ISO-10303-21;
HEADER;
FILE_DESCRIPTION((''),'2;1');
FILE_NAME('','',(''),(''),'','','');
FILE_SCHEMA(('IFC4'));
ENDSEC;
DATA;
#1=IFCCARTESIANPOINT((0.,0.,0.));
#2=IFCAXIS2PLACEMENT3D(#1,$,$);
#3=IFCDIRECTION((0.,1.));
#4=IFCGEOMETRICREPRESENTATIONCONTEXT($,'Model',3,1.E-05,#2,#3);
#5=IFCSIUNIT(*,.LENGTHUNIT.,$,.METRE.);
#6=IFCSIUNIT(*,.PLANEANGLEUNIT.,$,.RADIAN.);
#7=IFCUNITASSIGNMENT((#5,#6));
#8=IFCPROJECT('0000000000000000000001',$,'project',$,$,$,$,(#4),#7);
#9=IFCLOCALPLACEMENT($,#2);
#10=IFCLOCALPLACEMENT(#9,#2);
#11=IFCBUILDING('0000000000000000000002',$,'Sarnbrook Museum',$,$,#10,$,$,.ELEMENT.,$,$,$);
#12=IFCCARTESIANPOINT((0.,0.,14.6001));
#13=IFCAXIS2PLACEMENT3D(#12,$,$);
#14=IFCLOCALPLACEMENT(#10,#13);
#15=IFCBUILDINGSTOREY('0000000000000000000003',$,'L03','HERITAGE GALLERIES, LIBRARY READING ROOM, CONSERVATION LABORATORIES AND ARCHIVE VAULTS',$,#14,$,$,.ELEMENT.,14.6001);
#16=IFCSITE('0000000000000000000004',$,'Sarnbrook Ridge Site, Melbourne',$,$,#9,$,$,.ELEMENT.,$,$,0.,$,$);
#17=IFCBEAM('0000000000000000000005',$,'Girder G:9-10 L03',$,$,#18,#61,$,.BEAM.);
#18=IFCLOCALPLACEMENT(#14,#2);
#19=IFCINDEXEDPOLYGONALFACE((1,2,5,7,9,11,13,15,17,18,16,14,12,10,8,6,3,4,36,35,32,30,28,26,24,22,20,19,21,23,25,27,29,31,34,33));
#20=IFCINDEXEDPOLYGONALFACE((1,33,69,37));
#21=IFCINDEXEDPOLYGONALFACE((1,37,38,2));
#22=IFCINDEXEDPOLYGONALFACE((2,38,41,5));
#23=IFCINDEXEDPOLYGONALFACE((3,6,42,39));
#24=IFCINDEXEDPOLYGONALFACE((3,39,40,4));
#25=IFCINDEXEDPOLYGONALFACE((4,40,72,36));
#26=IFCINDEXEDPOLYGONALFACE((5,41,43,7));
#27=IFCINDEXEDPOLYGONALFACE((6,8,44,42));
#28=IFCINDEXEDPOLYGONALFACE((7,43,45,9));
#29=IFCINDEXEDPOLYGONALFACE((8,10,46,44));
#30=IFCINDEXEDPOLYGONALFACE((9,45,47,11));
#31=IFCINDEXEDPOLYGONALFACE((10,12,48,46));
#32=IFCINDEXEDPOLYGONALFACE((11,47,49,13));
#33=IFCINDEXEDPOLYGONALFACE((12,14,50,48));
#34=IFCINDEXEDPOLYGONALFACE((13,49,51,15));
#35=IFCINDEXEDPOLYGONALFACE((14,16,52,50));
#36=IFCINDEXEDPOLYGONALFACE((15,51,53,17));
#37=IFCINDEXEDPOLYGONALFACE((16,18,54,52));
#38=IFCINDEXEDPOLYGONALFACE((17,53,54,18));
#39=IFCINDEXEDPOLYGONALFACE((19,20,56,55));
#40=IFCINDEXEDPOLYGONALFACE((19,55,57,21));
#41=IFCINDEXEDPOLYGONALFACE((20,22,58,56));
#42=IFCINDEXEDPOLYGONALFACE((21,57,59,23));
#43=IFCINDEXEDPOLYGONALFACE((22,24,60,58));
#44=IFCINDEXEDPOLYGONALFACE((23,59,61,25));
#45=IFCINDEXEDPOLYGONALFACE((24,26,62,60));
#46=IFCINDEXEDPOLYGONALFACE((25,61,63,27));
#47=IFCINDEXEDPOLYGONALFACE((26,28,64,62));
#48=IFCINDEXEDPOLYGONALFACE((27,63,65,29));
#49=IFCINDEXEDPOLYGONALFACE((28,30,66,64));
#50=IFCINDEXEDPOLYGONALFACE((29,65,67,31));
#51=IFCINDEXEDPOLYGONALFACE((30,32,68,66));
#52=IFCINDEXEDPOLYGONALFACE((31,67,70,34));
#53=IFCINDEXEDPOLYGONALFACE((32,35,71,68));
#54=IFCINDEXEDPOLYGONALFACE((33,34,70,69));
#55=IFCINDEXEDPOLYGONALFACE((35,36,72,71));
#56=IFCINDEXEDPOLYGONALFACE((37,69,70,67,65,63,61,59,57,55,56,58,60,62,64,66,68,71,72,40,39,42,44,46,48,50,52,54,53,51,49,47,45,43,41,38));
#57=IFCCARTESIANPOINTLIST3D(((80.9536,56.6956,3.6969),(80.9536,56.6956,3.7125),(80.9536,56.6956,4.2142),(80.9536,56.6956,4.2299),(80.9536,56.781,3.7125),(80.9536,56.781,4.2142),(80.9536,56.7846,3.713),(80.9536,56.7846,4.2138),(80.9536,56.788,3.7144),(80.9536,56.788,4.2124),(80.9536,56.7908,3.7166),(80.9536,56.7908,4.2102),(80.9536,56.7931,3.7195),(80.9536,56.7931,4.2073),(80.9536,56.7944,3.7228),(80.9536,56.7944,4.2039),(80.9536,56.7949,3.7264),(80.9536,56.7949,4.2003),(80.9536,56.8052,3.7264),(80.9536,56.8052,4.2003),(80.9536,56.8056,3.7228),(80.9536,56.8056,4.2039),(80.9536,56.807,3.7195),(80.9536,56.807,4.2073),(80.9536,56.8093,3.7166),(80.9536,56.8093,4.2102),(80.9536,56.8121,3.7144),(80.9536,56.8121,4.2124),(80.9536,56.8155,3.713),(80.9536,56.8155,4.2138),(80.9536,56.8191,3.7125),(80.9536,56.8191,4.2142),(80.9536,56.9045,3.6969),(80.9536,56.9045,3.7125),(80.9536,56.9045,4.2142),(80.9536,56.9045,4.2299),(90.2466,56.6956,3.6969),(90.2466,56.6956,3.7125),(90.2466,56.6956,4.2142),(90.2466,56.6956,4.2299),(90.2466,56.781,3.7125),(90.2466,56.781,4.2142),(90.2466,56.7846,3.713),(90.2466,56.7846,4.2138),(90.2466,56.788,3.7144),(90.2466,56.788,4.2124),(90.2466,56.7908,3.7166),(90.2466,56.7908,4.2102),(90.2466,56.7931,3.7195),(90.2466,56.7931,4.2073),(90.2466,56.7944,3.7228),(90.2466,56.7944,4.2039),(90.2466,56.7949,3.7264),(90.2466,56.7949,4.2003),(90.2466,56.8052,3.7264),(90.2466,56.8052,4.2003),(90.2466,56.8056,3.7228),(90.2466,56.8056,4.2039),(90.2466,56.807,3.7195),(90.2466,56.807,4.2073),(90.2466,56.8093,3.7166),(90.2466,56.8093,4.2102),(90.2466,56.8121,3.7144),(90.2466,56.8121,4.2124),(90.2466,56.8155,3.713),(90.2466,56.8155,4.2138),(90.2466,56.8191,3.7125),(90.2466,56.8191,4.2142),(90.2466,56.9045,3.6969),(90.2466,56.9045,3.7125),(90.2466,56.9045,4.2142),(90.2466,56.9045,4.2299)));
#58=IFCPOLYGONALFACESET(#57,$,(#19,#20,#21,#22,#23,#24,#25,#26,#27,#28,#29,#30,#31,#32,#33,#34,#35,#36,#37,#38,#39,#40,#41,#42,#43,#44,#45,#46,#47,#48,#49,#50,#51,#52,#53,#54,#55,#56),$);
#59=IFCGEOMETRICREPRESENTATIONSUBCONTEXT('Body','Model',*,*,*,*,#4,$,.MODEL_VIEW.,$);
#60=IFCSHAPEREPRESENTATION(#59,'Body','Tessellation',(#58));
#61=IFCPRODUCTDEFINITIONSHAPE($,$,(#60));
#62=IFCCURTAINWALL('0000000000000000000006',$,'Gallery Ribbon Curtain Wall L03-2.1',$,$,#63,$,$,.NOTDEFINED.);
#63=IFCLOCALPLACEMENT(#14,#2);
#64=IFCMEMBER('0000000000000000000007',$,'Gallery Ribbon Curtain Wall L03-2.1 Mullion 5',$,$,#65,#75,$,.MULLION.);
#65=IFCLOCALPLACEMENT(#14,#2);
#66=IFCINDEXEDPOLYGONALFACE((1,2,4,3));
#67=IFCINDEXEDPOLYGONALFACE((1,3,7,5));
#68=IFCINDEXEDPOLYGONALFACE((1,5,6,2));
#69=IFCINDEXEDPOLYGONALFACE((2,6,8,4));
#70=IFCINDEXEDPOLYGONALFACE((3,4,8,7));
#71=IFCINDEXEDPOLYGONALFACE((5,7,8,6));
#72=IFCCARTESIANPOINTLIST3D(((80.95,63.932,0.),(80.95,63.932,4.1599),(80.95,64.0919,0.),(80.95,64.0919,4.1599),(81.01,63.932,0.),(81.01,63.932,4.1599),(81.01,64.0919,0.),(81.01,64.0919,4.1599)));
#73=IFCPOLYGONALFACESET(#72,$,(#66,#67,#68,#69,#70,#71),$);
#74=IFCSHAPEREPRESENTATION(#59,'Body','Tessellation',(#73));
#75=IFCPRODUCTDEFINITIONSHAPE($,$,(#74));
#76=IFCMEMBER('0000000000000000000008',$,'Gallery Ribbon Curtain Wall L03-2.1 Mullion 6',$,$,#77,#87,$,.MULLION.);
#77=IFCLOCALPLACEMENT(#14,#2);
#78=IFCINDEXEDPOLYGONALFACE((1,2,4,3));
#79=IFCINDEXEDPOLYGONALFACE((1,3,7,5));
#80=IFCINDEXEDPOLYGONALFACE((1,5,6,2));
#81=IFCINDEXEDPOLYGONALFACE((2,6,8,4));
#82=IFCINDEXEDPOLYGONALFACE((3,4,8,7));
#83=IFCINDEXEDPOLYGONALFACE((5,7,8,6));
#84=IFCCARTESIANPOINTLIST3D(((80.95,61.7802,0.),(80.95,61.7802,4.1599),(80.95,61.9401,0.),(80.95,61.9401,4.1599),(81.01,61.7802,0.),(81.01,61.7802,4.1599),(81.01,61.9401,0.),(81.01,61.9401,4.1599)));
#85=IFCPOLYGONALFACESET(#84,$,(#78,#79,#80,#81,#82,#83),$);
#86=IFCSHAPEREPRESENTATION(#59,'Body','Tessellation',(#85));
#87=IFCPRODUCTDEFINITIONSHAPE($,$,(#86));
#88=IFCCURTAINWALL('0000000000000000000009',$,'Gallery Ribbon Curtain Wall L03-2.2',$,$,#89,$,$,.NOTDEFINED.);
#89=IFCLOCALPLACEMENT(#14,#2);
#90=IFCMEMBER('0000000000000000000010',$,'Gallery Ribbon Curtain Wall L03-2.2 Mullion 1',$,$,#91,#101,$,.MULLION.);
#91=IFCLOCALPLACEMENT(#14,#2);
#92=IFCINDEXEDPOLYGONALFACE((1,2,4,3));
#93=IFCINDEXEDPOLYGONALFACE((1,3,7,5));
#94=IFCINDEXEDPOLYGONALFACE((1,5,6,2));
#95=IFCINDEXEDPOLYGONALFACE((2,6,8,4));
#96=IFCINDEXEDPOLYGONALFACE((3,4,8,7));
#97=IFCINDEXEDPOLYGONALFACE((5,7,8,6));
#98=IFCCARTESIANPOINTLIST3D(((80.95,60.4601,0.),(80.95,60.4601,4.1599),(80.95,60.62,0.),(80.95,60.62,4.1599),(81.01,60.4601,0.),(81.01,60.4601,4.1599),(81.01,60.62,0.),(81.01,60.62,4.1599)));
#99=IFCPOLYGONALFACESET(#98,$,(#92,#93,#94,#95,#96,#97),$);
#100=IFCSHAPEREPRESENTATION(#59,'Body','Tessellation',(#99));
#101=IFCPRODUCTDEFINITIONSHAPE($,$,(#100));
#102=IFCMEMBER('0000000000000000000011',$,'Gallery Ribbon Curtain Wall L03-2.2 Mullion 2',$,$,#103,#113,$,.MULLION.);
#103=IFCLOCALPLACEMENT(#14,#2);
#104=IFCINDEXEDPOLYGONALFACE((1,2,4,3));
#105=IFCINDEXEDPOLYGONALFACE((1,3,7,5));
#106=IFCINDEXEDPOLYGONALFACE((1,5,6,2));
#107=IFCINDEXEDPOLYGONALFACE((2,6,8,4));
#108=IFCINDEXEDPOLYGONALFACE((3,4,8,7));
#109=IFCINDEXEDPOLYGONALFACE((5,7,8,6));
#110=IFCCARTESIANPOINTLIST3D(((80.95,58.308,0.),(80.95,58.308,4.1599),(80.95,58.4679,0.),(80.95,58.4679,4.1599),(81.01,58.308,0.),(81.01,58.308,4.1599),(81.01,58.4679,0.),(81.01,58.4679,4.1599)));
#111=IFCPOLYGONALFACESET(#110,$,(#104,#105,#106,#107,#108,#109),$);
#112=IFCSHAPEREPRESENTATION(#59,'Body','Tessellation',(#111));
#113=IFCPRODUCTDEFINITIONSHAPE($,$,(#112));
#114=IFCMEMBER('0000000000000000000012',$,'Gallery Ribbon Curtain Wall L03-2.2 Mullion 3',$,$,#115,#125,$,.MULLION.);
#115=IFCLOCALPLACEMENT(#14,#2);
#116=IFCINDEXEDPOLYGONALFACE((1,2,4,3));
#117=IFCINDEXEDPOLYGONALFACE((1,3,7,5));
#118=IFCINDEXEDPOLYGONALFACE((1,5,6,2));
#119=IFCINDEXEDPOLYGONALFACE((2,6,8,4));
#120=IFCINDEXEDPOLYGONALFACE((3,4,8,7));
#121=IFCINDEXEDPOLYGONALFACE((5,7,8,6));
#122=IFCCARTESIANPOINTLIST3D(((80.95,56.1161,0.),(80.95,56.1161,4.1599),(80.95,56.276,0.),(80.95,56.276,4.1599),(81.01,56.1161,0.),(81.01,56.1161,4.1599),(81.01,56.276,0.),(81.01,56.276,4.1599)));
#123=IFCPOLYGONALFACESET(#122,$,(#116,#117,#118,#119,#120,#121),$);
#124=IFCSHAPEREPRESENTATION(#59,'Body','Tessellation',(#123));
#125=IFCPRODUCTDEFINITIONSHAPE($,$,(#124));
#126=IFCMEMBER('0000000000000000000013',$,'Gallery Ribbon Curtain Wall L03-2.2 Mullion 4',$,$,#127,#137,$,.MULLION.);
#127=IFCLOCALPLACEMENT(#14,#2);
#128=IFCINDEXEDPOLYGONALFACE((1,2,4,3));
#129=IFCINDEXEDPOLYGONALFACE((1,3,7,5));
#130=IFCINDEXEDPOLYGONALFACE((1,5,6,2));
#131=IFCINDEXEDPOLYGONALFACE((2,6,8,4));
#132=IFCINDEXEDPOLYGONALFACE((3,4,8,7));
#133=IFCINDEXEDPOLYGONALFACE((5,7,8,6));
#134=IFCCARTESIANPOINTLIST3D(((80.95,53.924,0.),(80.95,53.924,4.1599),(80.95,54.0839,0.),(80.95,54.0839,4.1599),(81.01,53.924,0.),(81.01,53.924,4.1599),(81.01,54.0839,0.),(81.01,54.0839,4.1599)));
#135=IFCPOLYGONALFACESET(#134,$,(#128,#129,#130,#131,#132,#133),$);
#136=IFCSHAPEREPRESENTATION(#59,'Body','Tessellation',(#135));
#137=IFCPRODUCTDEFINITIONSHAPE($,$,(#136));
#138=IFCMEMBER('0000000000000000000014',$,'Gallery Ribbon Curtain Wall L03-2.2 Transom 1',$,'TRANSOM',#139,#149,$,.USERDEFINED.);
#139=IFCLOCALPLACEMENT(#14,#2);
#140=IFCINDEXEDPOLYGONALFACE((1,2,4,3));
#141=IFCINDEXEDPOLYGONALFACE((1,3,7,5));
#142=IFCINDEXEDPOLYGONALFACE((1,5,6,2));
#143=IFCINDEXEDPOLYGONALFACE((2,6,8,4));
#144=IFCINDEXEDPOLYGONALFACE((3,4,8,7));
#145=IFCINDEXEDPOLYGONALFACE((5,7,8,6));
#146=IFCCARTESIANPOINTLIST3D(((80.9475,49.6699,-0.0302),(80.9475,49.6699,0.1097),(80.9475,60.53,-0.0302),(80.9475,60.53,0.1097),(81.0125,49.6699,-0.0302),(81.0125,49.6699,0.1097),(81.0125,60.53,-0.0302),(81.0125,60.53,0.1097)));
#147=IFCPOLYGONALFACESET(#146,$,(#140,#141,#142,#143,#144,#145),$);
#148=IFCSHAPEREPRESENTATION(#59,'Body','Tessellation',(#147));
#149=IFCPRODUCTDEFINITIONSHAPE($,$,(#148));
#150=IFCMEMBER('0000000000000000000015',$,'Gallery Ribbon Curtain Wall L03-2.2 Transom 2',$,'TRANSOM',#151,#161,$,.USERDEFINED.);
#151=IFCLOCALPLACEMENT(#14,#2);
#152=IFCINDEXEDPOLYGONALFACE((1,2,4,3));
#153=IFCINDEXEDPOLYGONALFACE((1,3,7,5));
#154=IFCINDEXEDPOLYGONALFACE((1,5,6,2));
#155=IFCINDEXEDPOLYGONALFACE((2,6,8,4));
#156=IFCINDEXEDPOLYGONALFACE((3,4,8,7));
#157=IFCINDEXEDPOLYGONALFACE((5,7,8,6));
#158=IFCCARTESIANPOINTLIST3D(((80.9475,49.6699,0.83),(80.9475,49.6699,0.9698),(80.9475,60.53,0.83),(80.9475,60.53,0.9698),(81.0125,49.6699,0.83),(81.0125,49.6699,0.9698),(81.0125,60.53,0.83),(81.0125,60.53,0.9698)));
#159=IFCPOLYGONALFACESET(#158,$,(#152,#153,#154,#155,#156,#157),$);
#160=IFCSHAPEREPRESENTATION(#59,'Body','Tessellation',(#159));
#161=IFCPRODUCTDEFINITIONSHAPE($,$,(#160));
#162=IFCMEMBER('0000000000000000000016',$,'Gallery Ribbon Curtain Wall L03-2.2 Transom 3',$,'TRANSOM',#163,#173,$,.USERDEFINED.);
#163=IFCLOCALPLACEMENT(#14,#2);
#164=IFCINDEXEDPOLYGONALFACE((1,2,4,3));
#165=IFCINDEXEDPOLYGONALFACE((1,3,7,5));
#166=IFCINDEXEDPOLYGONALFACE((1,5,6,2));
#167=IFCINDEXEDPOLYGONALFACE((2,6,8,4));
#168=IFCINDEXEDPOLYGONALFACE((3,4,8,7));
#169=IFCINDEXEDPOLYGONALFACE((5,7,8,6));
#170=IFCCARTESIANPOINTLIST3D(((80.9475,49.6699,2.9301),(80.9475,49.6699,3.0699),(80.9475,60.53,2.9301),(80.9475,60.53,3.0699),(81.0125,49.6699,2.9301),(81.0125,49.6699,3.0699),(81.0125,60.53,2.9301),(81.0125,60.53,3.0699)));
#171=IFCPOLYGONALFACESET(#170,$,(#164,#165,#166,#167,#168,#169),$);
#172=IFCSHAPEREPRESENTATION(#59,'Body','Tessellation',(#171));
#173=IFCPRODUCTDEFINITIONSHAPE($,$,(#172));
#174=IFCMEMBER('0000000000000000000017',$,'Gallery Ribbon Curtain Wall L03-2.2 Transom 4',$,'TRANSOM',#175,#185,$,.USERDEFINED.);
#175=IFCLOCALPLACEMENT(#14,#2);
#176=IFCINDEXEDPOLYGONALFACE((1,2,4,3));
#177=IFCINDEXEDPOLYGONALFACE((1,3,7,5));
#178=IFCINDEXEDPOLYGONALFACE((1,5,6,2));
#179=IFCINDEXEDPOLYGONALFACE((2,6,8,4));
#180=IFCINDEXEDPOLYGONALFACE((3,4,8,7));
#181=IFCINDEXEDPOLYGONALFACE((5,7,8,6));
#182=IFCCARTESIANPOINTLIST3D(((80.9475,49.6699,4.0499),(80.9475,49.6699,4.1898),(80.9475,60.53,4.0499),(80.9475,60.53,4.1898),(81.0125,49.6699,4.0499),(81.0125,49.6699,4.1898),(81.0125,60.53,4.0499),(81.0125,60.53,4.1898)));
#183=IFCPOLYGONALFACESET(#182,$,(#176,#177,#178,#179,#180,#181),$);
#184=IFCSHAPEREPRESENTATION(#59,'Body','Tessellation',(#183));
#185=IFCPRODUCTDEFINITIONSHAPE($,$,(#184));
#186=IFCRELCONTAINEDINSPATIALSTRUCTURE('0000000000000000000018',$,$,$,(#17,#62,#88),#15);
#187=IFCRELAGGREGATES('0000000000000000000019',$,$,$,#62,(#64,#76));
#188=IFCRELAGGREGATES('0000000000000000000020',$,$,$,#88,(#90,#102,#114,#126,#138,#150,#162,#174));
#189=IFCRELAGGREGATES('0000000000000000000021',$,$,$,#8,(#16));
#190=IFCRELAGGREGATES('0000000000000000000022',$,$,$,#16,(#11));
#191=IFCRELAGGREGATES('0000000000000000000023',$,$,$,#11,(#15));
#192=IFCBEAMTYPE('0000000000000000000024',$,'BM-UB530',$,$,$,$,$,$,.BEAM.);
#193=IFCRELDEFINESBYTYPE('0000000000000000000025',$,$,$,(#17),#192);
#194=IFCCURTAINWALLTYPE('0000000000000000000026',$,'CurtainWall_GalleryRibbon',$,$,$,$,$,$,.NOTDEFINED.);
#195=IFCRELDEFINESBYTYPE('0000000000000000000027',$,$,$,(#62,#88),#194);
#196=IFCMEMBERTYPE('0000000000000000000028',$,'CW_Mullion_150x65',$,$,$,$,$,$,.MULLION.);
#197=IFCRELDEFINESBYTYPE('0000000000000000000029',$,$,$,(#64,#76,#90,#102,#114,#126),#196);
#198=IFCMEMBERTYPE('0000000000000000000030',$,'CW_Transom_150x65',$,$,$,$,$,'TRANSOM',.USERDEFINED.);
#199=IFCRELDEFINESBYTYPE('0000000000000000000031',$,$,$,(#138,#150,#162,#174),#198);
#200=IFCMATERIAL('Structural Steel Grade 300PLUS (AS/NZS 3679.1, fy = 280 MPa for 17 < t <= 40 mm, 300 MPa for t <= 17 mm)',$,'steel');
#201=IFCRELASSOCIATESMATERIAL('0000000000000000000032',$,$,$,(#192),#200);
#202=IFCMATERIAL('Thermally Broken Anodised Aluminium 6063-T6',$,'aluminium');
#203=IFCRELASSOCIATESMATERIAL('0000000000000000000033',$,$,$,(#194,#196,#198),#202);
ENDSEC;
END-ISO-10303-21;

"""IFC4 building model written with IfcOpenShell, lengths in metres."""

from ifc_helpers import new_model, si_unit, direction, frame, origin, origin_2d, place, context, subcontext, project, spatial, rectangle, i_section, extrude, material, material_profile, profile_set, type_object, element, aggregate, save


model = new_model("IFC4")

# Units and contexts
model_context = context("Model", 3, precision=1e-05, world=origin(), true_north=direction((0.0, 1.0)))
body_context = subcontext(model_context, "Body", "Model", "MODEL_VIEW")
ifc_project = project(units=[si_unit("LENGTHUNIT", "METRE"), si_unit("PLANEANGLEUNIT", "RADIAN")], contexts=[model_context])

# Site, building, storey
site_placement = place(None, origin())
site = spatial("IfcSite", under=ifc_project, at=site_placement, Name="Sarnbrook Ridge Site, Melbourne", CompositionType="ELEMENT", RefElevation=0.0)
building_placement = place(site_placement, origin())
building = spatial("IfcBuilding", under=site, at=building_placement, Name="Sarnbrook Museum", CompositionType="ELEMENT")
storey_placement = place(building_placement, frame((0.0, 0.0, 14.6001)))
storey = spatial("IfcBuildingStorey", under=building, at=storey_placement, Name="L03", Description="HERITAGE GALLERIES, LIBRARY READING ROOM, CONSERVATION LABORATORIES AND ARCHIVE VAULTS", CompositionType="ELEMENT", Elevation=14.6001)

# Shared definitions
ifc_material_1 = material(Name="Structural Steel Grade 300PLUS (AS/NZS 3679.1, fy = 280 MPa for 17 < t <= 40 mm, 300 MPa for t <= 17 mm)", Category="steel")

# Beam
ifc_material_profile_1 = material_profile(ifc_material_1, i_section(OverallWidth=0.209, OverallDepth=0.533, WebThickness=0.0103, FlangeThickness=0.0156, FilletRadius=0.0139, at=origin_2d()), Name="530UB92.4")
ifc_profile_set_1 = profile_set([ifc_material_profile_1], Name="Structural Steel Grade 300PLUS (AS/NZS 3679.1, fy = 280 MPa for 17 < t <= 40 mm, 300 MPa for t <= 17 mm)")
beam_type_1 = type_object("IfcBeamType", Name="BM-UB530", PredefinedType="BEAM", material=ifc_profile_set_1)
beam_1_placement = place(storey_placement, frame((80.9536, 56.8, 3.9634), z_axis=(1.0, 0.0, 0.0), x_axis=(0.0, 1.0, 0.0)))
element("IfcBeam", 1, at=beam_1_placement, inside=storey, type_object=beam_type_1, Name="Girder G:9-10 L03", PredefinedType="BEAM", context=body_context, shape_type="SweptSolid", body=[
    extrude(i_section(OverallWidth=0.209, OverallDepth=0.533, WebThickness=0.0103, FlangeThickness=0.0156, FilletRadius=0.0139, at=origin_2d()), origin(), (0.0, 0.0, 1.0), 9.293),
])

# Curtain walls, members
ifc_material_2 = material(Name="Thermally Broken Anodised Aluminium 6063-T6", Category="aluminium")
curtain_wall_type = type_object("IfcCurtainWallType", Name="CurtainWall_GalleryRibbon", PredefinedType="NOTDEFINED", material=ifc_material_2)
curtain_wall_1_placement = place(storey_placement, origin())
curtain_wall_1 = element("IfcCurtainWall", 2, at=curtain_wall_1_placement, inside=storey, type_object=curtain_wall_type, Name="Gallery Ribbon Curtain Wall L03-2.1", PredefinedType="NOTDEFINED")
ifc_material_profile_2 = material_profile(ifc_material_2, rectangle(XDim=0.0601, YDim=0.1599, at=origin_2d()), Name="ALU MULLION 60x160")
ifc_profile_set_2 = profile_set([ifc_material_profile_2], Name="Thermally Broken Anodised Aluminium 6063-T6")
member_type_1 = type_object("IfcMemberType", Name="CW_Mullion_150x65", PredefinedType="MULLION", material=ifc_profile_set_2)
member_1_placement = place(storey_placement, frame((80.98, 64.012, 0.0), z_axis=(0.0, 0.0, 1.0), x_axis=(1.0, 0.0, 0.0)))
member_1 = element("IfcMember", 3, at=member_1_placement, type_object=member_type_1, Name="Gallery Ribbon Curtain Wall L03-2.1 Mullion 5", PredefinedType="MULLION", context=body_context, shape_type="SweptSolid", body=[
    extrude(rectangle(XDim=0.0601, YDim=0.1599, at=origin_2d()), origin(), (0.0, 0.0, 1.0), 4.1599),
])
member_2_placement = place(storey_placement, frame((80.98, 61.8601, 0.0), z_axis=(0.0, 0.0, 1.0), x_axis=(1.0, 0.0, 0.0)))
member_2 = element("IfcMember", 4, at=member_2_placement, type_object=member_type_1, Name="Gallery Ribbon Curtain Wall L03-2.1 Mullion 6", PredefinedType="MULLION", context=body_context, shape_type="SweptSolid", body=[
    extrude(rectangle(XDim=0.0601, YDim=0.1599, at=origin_2d()), origin(), (0.0, 0.0, 1.0), 4.1599),
])
aggregate(curtain_wall_1, [member_1, member_2])
curtain_wall_2_placement = place(storey_placement, origin())
curtain_wall_2 = element("IfcCurtainWall", 5, at=curtain_wall_2_placement, inside=storey, type_object=curtain_wall_type, Name="Gallery Ribbon Curtain Wall L03-2.2", PredefinedType="NOTDEFINED")
member_3_placement = place(storey_placement, frame((80.98, 60.54, 0.0), z_axis=(0.0, 0.0, 1.0), x_axis=(1.0, 0.0, 0.0)))
member_3 = element("IfcMember", 6, at=member_3_placement, type_object=member_type_1, Name="Gallery Ribbon Curtain Wall L03-2.2 Mullion 1", PredefinedType="MULLION", context=body_context, shape_type="SweptSolid", body=[
    extrude(rectangle(XDim=0.0601, YDim=0.1599, at=origin_2d()), origin(), (0.0, 0.0, 1.0), 4.1599),
])
member_4_placement = place(storey_placement, frame((80.98, 58.3879, 0.0), z_axis=(0.0, 0.0, 1.0), x_axis=(1.0, 0.0, 0.0)))
member_4 = element("IfcMember", 7, at=member_4_placement, type_object=member_type_1, Name="Gallery Ribbon Curtain Wall L03-2.2 Mullion 2", PredefinedType="MULLION", context=body_context, shape_type="SweptSolid", body=[
    extrude(rectangle(XDim=0.0601, YDim=0.1599, at=origin_2d()), origin(), (0.0, 0.0, 1.0), 4.1599),
])
member_5_placement = place(storey_placement, frame((80.98, 56.196, 0.0), z_axis=(0.0, 0.0, 1.0), x_axis=(1.0, 0.0, 0.0)))
member_5 = element("IfcMember", 8, at=member_5_placement, type_object=member_type_1, Name="Gallery Ribbon Curtain Wall L03-2.2 Mullion 3", PredefinedType="MULLION", context=body_context, shape_type="SweptSolid", body=[
    extrude(rectangle(XDim=0.0601, YDim=0.1599, at=origin_2d()), origin(), (0.0, 0.0, 1.0), 4.1599),
])
member_6_placement = place(storey_placement, frame((80.98, 54.0039, 0.0), z_axis=(0.0, 0.0, 1.0), x_axis=(1.0, 0.0, 0.0)))
member_6 = element("IfcMember", 9, at=member_6_placement, type_object=member_type_1, Name="Gallery Ribbon Curtain Wall L03-2.2 Mullion 4", PredefinedType="MULLION", context=body_context, shape_type="SweptSolid", body=[
    extrude(rectangle(XDim=0.0601, YDim=0.1599, at=origin_2d()), origin(), (0.0, 0.0, 1.0), 4.1599),
])
ifc_material_profile_3 = material_profile(ifc_material_2, rectangle(XDim=0.0649, YDim=0.1399, at=origin_2d()), Name="ALU TRANSOM 65x140")
ifc_profile_set_3 = profile_set([ifc_material_profile_3], Name="Thermally Broken Anodised Aluminium 6063-T6")
member_type_2 = type_object("IfcMemberType", Name="CW_Transom_150x65", ElementType="TRANSOM", PredefinedType="USERDEFINED", material=ifc_profile_set_3)
member_7_placement = place(storey_placement, frame((80.98, 60.53, 0.0398), z_axis=(0.0, -1.0, 0.0), x_axis=(1.0, 0.0, 0.0)))
member_7 = element("IfcMember", 10, at=member_7_placement, type_object=member_type_2, Name="Gallery Ribbon Curtain Wall L03-2.2 Transom 1", ObjectType="TRANSOM", PredefinedType="USERDEFINED", context=body_context, shape_type="SweptSolid", body=[
    extrude(rectangle(XDim=0.0649, YDim=0.1399, at=origin_2d()), origin(), (0.0, 0.0, 1.0), 10.8601),
])
member_8_placement = place(storey_placement, frame((80.98, 60.53, 0.8999), z_axis=(0.0, -1.0, 0.0), x_axis=(1.0, 0.0, 0.0)))
member_8 = element("IfcMember", 11, at=member_8_placement, type_object=member_type_2, Name="Gallery Ribbon Curtain Wall L03-2.2 Transom 2", ObjectType="TRANSOM", PredefinedType="USERDEFINED", context=body_context, shape_type="SweptSolid", body=[
    extrude(rectangle(XDim=0.0649, YDim=0.1399, at=origin_2d()), origin(), (0.0, 0.0, 1.0), 10.8601),
])
member_9_placement = place(storey_placement, frame((80.98, 60.53, 3.0), z_axis=(0.0, -1.0, 0.0), x_axis=(1.0, 0.0, 0.0)))
member_9 = element("IfcMember", 12, at=member_9_placement, type_object=member_type_2, Name="Gallery Ribbon Curtain Wall L03-2.2 Transom 3", ObjectType="TRANSOM", PredefinedType="USERDEFINED", context=body_context, shape_type="SweptSolid", body=[
    extrude(rectangle(XDim=0.0649, YDim=0.1399, at=origin_2d()), origin(), (0.0, 0.0, 1.0), 10.8601),
])
member_10_placement = place(storey_placement, frame((80.98, 60.53, 4.1199), z_axis=(0.0, -1.0, 0.0), x_axis=(1.0, 0.0, 0.0)))
member_10 = element("IfcMember", 13, at=member_10_placement, type_object=member_type_2, Name="Gallery Ribbon Curtain Wall L03-2.2 Transom 4", ObjectType="TRANSOM", PredefinedType="USERDEFINED", context=body_context, shape_type="SweptSolid", body=[
    extrude(rectangle(XDim=0.0649, YDim=0.1399, at=origin_2d()), origin(), (0.0, 0.0, 1.0), 10.8601),
])

aggregate(curtain_wall_2, [member_3, member_4, member_5, member_6, member_7, member_8, member_9, member_10])

save(model, "model.ifc")
